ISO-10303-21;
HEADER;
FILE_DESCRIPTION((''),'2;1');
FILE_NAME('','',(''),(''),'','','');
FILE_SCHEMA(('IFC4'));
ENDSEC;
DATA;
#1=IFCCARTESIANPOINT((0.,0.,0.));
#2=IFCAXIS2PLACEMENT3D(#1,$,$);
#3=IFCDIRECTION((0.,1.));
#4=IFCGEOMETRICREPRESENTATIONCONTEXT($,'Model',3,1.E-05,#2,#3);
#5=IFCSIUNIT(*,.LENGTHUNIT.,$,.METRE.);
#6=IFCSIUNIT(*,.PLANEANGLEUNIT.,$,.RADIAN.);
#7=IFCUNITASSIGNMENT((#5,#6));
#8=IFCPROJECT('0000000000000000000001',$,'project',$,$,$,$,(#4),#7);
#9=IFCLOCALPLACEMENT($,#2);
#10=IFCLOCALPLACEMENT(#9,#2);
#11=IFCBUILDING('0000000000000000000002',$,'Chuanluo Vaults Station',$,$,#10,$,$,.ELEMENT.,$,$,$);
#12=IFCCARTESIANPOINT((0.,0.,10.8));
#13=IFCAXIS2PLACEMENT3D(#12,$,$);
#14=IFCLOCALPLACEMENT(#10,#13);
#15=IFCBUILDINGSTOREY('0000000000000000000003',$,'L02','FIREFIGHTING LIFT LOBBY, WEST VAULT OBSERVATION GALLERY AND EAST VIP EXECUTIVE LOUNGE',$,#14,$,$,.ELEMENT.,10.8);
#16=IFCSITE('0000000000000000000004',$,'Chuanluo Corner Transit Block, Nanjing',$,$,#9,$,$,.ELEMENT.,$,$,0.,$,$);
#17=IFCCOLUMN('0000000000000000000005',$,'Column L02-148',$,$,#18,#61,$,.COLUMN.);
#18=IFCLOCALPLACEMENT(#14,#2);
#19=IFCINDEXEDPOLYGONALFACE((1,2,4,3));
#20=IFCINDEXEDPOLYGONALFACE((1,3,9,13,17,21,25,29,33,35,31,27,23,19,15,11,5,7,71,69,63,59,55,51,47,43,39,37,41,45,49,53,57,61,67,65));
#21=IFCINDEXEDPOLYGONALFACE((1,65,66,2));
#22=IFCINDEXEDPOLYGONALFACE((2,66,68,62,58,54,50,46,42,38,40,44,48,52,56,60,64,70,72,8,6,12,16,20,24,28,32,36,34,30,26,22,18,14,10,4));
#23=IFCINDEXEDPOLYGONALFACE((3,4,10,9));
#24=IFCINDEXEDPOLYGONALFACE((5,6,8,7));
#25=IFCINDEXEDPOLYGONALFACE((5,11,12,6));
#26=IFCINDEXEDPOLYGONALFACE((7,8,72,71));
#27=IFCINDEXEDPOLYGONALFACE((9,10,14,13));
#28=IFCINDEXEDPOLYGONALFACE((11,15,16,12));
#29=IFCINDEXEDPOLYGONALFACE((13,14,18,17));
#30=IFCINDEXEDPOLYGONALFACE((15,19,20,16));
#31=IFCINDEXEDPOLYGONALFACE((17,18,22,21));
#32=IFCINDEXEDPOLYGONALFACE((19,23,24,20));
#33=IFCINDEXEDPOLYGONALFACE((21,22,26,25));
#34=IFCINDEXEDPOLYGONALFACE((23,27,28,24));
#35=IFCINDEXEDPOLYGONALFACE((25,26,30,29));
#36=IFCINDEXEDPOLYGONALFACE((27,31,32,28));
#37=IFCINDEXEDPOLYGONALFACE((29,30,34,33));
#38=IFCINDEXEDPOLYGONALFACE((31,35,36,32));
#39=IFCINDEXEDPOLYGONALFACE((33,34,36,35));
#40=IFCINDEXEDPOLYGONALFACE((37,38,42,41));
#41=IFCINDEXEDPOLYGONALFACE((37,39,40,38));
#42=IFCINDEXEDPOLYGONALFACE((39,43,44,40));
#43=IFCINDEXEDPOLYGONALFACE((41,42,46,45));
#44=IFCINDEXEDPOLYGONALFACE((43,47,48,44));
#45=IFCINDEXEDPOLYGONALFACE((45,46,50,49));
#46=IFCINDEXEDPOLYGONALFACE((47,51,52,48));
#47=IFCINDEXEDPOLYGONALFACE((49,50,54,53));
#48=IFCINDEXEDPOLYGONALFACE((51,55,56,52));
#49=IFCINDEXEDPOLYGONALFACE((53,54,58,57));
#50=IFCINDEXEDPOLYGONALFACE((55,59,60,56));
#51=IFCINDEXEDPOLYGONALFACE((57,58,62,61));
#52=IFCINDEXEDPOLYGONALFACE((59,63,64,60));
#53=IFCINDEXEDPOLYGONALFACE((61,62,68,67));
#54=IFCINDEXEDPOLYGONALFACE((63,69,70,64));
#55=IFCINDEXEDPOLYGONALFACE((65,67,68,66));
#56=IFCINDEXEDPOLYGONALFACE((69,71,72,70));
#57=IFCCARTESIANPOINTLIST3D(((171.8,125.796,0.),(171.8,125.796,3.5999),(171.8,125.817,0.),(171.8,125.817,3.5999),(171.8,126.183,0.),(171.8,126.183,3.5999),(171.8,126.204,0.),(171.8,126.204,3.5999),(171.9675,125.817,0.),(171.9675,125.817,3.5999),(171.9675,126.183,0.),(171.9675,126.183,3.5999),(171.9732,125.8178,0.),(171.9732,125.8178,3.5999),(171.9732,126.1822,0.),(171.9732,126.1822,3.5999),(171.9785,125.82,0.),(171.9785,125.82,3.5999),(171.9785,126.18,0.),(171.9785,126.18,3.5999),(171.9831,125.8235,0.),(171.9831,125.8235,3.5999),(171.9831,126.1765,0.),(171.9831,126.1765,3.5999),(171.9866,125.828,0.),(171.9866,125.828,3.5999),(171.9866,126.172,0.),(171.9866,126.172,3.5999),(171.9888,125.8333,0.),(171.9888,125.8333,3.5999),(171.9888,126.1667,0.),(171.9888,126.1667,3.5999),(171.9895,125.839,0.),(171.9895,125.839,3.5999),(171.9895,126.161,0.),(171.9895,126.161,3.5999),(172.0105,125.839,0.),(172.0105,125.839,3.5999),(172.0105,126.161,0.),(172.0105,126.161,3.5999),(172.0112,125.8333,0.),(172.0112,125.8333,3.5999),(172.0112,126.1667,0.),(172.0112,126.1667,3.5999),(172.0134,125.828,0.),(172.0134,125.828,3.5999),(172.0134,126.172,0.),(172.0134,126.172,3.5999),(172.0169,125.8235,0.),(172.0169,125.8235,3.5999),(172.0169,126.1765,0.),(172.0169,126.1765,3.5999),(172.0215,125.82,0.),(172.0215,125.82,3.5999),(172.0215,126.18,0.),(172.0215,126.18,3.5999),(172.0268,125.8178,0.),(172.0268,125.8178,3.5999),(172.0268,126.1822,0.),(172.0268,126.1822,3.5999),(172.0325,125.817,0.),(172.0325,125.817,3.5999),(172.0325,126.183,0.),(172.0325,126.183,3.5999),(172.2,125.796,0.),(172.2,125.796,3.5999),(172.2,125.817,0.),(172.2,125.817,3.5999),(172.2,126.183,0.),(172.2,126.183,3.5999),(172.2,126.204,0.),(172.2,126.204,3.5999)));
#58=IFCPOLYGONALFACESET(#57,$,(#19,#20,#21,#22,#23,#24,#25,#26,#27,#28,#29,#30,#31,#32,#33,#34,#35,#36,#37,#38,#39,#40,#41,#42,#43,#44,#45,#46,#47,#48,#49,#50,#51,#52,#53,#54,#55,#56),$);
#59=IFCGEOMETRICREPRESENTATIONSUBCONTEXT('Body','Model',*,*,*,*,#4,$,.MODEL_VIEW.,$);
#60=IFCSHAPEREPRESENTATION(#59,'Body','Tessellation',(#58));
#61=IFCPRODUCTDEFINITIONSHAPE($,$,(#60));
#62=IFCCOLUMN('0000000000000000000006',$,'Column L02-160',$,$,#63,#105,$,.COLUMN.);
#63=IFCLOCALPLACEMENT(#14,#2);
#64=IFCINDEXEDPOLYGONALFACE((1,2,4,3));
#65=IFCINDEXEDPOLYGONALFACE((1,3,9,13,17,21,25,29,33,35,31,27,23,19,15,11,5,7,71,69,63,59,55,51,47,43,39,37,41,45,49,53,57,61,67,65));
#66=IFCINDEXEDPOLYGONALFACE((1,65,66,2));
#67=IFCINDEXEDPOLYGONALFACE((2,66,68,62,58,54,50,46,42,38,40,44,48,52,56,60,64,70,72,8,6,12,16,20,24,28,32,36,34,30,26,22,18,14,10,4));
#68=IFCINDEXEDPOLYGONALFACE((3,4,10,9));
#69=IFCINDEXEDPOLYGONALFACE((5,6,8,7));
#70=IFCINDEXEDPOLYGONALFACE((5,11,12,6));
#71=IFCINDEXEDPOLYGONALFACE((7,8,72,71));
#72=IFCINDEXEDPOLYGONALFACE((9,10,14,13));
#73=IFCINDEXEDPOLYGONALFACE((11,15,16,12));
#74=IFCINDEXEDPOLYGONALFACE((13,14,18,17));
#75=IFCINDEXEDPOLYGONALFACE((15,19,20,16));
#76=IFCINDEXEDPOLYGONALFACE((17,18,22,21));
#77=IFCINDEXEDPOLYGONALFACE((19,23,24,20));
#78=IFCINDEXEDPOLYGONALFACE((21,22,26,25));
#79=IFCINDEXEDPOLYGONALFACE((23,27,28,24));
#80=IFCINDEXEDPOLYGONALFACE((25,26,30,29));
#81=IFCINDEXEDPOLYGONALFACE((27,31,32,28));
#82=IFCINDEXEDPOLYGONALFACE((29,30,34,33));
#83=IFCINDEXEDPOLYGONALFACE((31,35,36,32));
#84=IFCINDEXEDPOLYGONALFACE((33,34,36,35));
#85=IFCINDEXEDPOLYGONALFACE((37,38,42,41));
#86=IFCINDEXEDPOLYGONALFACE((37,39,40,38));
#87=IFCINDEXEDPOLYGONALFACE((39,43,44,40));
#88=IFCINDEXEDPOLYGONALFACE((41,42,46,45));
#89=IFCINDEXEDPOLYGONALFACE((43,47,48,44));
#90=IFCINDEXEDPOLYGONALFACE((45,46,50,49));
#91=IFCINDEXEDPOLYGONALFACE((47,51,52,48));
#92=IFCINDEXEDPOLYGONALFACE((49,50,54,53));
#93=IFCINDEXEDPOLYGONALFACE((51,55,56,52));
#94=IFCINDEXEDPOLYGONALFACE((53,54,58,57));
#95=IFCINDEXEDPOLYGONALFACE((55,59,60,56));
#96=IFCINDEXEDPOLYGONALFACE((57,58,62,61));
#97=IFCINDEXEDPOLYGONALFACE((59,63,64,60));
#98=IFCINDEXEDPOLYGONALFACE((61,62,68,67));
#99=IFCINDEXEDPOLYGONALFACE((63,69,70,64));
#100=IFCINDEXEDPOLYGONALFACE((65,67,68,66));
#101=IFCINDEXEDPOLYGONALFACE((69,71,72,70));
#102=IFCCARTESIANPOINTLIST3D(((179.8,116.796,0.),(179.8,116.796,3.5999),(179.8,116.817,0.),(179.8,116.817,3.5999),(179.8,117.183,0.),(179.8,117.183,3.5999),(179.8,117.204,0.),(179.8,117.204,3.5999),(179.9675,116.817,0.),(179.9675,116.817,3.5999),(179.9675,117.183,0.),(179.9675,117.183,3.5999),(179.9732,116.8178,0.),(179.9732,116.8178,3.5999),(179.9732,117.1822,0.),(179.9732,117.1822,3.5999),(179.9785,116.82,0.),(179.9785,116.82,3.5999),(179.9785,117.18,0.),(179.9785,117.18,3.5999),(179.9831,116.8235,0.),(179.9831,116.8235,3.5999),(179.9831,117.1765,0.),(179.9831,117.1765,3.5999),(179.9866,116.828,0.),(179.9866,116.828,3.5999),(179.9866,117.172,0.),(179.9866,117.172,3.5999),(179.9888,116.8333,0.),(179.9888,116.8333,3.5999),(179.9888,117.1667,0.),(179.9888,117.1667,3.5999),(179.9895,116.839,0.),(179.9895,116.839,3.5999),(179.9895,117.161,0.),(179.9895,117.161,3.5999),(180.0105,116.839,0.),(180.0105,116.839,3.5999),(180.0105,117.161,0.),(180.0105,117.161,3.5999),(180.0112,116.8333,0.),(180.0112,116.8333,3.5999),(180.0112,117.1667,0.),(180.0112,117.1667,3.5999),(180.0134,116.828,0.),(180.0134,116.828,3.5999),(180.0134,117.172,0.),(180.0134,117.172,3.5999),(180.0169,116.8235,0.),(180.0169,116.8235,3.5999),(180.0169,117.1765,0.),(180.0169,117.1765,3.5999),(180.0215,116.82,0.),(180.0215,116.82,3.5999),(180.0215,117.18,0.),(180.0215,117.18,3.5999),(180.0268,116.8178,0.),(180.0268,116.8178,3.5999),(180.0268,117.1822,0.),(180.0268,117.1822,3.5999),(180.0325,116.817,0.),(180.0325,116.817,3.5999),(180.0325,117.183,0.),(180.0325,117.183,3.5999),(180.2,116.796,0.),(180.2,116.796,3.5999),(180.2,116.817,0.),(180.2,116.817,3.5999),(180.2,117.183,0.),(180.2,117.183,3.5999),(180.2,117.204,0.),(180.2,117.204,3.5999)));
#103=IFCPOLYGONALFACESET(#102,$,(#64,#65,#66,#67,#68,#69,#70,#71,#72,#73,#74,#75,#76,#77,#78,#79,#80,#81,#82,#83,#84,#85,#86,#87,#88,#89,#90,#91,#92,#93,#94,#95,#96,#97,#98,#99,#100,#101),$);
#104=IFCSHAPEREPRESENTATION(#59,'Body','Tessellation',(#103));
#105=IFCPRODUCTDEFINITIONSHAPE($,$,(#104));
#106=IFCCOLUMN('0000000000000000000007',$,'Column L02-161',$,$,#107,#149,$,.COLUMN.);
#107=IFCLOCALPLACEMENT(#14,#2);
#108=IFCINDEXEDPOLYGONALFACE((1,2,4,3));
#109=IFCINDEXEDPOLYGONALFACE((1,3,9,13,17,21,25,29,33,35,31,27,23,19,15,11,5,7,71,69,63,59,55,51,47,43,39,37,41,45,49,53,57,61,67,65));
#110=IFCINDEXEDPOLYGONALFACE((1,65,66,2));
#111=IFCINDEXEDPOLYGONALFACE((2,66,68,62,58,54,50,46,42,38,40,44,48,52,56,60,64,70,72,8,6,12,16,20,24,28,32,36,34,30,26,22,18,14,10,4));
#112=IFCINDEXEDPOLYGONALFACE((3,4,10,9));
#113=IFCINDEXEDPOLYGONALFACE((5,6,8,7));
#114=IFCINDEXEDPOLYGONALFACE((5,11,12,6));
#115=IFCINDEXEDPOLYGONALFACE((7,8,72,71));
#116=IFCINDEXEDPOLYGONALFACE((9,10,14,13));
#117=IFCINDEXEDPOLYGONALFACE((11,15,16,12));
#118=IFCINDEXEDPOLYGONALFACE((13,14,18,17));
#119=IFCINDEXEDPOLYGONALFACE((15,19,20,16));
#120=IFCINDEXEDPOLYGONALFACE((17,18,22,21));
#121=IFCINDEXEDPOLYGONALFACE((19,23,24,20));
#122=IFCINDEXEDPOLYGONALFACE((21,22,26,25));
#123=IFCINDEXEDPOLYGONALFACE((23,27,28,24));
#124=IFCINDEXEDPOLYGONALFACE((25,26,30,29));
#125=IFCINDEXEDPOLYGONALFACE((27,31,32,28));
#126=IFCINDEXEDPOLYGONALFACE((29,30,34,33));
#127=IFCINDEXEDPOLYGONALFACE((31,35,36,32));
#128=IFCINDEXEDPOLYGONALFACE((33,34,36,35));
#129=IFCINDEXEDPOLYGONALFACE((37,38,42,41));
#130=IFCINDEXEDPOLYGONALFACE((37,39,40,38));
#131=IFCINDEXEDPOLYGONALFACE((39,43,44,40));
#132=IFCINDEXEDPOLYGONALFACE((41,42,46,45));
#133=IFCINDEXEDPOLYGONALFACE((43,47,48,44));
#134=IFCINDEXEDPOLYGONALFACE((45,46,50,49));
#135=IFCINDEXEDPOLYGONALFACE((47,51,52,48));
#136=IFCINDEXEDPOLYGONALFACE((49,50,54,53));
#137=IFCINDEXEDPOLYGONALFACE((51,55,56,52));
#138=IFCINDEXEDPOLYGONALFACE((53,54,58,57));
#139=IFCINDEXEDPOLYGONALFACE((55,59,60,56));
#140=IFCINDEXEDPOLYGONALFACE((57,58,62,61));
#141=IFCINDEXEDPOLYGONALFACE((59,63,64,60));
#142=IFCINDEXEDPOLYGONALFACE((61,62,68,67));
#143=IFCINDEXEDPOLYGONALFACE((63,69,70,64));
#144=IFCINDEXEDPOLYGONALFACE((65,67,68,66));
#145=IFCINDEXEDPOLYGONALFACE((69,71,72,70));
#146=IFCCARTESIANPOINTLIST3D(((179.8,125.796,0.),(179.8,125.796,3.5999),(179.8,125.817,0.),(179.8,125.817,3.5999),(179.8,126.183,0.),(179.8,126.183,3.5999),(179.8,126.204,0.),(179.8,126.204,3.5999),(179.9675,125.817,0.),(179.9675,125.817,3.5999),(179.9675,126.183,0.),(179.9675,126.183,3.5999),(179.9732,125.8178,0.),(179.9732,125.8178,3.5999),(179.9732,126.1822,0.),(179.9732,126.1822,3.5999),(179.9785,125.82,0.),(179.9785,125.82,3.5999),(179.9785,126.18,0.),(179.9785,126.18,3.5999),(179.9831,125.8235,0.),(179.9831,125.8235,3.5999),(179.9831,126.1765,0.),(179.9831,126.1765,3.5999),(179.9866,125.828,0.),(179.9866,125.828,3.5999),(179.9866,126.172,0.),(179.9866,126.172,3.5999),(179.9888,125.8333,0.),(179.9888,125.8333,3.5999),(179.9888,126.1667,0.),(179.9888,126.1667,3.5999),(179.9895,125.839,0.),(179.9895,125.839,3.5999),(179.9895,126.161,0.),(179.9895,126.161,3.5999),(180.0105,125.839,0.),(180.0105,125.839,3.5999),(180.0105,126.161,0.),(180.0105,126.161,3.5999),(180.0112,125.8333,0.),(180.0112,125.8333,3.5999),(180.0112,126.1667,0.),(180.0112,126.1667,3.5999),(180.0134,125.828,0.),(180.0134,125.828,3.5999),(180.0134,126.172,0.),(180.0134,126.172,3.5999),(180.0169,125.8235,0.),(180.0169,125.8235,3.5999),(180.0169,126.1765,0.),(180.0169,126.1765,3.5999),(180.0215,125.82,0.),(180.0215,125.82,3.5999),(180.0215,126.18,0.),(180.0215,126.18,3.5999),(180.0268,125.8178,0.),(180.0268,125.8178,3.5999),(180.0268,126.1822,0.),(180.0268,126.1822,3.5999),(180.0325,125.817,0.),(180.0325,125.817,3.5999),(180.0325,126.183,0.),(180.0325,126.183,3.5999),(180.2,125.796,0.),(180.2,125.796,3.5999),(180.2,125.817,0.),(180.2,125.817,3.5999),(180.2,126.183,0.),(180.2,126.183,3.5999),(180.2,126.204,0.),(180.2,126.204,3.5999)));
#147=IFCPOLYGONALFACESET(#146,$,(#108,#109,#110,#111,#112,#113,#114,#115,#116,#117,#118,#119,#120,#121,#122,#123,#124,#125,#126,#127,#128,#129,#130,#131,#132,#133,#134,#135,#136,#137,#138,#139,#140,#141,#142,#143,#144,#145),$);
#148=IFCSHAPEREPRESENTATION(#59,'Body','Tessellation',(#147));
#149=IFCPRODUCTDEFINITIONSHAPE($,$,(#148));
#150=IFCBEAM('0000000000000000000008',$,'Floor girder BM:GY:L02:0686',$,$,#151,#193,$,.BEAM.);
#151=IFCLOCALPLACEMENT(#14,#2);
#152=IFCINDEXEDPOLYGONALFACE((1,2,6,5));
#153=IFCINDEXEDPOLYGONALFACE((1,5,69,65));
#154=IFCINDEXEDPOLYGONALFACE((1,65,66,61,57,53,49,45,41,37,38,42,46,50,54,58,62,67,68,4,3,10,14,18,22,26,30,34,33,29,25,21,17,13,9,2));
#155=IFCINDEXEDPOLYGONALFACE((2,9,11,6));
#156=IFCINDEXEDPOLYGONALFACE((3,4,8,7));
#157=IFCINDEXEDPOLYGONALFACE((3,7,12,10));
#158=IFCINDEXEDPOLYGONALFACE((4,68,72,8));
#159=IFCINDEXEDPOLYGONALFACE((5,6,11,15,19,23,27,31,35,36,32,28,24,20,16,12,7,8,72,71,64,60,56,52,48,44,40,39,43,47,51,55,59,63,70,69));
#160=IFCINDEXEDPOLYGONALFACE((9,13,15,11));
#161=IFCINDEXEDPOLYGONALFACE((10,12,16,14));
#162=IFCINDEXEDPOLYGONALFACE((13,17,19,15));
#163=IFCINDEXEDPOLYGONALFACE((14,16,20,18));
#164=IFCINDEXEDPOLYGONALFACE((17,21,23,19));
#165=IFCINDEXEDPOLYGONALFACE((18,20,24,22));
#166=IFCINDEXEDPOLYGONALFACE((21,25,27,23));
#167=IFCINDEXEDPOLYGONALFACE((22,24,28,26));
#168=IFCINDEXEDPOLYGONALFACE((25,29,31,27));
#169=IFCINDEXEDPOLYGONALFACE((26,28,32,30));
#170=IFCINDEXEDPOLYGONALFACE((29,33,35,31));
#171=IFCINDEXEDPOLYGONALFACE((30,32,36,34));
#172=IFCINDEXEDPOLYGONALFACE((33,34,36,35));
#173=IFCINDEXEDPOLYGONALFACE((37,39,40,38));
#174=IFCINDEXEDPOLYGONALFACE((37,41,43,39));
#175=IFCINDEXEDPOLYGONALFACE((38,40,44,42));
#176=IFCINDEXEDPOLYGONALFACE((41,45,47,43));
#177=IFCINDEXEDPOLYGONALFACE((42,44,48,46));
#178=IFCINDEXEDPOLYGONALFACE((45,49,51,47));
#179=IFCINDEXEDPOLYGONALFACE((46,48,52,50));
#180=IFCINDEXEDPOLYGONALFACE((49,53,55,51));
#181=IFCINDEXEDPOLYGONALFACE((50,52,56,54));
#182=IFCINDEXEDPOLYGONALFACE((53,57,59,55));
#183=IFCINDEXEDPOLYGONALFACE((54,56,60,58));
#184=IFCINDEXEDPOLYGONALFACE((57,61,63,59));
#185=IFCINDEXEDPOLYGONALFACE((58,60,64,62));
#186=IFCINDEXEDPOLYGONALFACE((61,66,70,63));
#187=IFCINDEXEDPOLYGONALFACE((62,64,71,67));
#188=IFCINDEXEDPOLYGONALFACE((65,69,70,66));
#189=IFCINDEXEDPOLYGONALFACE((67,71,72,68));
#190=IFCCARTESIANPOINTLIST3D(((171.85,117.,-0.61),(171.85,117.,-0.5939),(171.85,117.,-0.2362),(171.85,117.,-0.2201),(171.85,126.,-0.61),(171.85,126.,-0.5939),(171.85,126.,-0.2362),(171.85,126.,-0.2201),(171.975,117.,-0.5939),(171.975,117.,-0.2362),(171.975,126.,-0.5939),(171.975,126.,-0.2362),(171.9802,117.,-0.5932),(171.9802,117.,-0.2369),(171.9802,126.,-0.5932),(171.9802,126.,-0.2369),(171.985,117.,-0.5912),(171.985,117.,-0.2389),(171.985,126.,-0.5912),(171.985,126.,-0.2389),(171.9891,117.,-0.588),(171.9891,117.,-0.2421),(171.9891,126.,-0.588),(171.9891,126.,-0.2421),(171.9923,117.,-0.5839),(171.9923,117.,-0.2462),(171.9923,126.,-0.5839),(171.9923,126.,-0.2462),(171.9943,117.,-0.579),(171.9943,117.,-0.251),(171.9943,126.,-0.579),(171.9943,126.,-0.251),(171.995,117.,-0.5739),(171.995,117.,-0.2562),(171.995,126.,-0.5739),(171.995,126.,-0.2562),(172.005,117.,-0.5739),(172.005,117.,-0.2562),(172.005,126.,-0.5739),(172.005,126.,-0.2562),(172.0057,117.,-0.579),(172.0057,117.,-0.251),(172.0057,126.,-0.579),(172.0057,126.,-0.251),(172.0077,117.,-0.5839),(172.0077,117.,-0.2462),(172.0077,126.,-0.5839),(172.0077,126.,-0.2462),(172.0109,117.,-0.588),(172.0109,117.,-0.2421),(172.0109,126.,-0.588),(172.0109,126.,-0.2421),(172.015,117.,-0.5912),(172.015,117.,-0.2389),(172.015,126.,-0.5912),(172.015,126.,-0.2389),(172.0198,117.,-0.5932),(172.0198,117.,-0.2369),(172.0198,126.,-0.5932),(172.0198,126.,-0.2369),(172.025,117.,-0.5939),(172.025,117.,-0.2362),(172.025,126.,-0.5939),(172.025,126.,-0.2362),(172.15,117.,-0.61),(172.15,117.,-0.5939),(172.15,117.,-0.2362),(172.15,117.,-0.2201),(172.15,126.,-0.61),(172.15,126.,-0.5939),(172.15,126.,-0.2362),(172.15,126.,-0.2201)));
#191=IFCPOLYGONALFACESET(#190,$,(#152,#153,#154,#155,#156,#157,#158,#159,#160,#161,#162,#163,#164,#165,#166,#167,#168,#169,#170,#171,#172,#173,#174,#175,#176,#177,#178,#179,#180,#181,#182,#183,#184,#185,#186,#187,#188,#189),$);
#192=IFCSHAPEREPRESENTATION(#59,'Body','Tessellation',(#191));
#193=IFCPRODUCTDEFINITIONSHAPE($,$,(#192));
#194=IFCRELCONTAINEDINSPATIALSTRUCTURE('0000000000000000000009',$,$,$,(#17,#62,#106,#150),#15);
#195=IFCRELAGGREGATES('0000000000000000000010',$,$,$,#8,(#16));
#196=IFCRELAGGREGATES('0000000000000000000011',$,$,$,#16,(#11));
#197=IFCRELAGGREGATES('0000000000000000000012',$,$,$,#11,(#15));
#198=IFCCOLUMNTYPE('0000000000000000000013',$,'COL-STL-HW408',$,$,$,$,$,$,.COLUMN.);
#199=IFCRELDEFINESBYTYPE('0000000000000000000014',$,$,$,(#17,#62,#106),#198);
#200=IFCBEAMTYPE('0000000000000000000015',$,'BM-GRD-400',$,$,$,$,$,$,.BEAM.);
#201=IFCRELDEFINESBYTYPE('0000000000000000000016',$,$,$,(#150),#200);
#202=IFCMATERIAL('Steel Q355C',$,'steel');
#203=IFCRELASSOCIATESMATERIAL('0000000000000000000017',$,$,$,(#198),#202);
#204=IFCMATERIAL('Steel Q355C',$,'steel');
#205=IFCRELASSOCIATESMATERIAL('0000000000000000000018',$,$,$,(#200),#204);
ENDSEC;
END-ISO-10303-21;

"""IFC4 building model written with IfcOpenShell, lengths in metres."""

from ifc_helpers import new_model, si_unit, direction, frame, origin, origin_2d, place, context, subcontext, project, spatial, i_section, extrude, material, material_profile, profile_set, type_object, element, save


model = new_model("IFC4")

# Units and contexts
model_context = context("Model", 3, precision=1e-05, world=origin(), true_north=direction((0.0, 1.0)))
body_context = subcontext(model_context, "Body", "Model", "MODEL_VIEW")
ifc_project = project(units=[si_unit("LENGTHUNIT", "METRE"), si_unit("PLANEANGLEUNIT", "RADIAN")], contexts=[model_context])

# Site, building, storey
site_placement = place(None, origin())
site = spatial("IfcSite", under=ifc_project, at=site_placement, Name="Chuanluo Corner Transit Block, Nanjing", CompositionType="ELEMENT", RefElevation=0.0)
building_placement = place(site_placement, origin())
building = spatial("IfcBuilding", under=site, at=building_placement, Name="Chuanluo Vaults Station", CompositionType="ELEMENT")
storey_placement = place(building_placement, frame((0.0, 0.0, 10.8)))
storey = spatial("IfcBuildingStorey", under=building, at=storey_placement, Name="L02", Description="FIREFIGHTING LIFT LOBBY, WEST VAULT OBSERVATION GALLERY AND EAST VIP EXECUTIVE LOUNGE", CompositionType="ELEMENT", Elevation=10.8)

# Columns
ifc_material_1 = material(Name="Steel Q355C", Category="steel")
ifc_material_profile_1 = material_profile(ifc_material_1, i_section(OverallWidth=0.3999, OverallDepth=0.408, WebThickness=0.021, FlangeThickness=0.021, FilletRadius=0.022, at=origin_2d()))
ifc_profile_set_1 = profile_set([ifc_material_profile_1], Name="Steel Q355C")
column_type = type_object("IfcColumnType", Name="COL-STL-HW408", PredefinedType="COLUMN", material=ifc_profile_set_1)
for number, where, z_axis, x_axis, name in (
    (1, (172.0, 126.0, 0.0), (0.0, 0.0, 1.0), (1.0, 0.0, 0.0), "Column L02-148"),
    (2, (180.0, 117.0, 0.0), (0.0, 0.0, 1.0), (1.0, 0.0, 0.0), "Column L02-160"),
    (3, (180.0, 126.0, 0.0), (0.0, 0.0, 1.0), (1.0, 0.0, 0.0), "Column L02-161"),
):
    element("IfcColumn", number, at=place(storey_placement, frame(where, z_axis=z_axis, x_axis=x_axis)), inside=storey, type_object=column_type, Name=name, PredefinedType="COLUMN", context=body_context, shape_type="SweptSolid", body=[
        extrude(i_section(OverallWidth=0.3999, OverallDepth=0.408, WebThickness=0.021, FlangeThickness=0.021, FilletRadius=0.022, at=origin_2d()), origin(), (0.0, 0.0, 1.0), 3.5999),
    ])

# Beam
ifc_material_2 = material(Name="Steel Q355C", Category="steel")
ifc_material_profile_2 = material_profile(ifc_material_2, i_section(OverallWidth=0.3, OverallDepth=0.3899, WebThickness=0.01, FlangeThickness=0.0161, FilletRadius=0.02, at=origin_2d()))
ifc_profile_set_2 = profile_set([ifc_material_profile_2], Name="Steel Q355C")
beam_type_1 = type_object("IfcBeamType", Name="BM-GRD-400", PredefinedType="BEAM", material=ifc_profile_set_2)
for number, where, z_axis, x_axis, name in (
    (4, (172.0, 117.0, -0.415), (0.0, 1.0, 0.0), (-1.0, 0.0, 0.0), "Floor girder BM:GY:L02:0686"),
):
    element("IfcBeam", number, at=place(storey_placement, frame(where, z_axis=z_axis, x_axis=x_axis)), inside=storey, type_object=beam_type_1, Name=name, PredefinedType="BEAM", context=body_context, shape_type="SweptSolid", body=[
        extrude(i_section(OverallWidth=0.3, OverallDepth=0.3899, WebThickness=0.01, FlangeThickness=0.0161, FilletRadius=0.02, at=origin_2d()), origin(), (0.0, 0.0, 1.0), 9.0),
    ])

save(model, "model.ifc")
